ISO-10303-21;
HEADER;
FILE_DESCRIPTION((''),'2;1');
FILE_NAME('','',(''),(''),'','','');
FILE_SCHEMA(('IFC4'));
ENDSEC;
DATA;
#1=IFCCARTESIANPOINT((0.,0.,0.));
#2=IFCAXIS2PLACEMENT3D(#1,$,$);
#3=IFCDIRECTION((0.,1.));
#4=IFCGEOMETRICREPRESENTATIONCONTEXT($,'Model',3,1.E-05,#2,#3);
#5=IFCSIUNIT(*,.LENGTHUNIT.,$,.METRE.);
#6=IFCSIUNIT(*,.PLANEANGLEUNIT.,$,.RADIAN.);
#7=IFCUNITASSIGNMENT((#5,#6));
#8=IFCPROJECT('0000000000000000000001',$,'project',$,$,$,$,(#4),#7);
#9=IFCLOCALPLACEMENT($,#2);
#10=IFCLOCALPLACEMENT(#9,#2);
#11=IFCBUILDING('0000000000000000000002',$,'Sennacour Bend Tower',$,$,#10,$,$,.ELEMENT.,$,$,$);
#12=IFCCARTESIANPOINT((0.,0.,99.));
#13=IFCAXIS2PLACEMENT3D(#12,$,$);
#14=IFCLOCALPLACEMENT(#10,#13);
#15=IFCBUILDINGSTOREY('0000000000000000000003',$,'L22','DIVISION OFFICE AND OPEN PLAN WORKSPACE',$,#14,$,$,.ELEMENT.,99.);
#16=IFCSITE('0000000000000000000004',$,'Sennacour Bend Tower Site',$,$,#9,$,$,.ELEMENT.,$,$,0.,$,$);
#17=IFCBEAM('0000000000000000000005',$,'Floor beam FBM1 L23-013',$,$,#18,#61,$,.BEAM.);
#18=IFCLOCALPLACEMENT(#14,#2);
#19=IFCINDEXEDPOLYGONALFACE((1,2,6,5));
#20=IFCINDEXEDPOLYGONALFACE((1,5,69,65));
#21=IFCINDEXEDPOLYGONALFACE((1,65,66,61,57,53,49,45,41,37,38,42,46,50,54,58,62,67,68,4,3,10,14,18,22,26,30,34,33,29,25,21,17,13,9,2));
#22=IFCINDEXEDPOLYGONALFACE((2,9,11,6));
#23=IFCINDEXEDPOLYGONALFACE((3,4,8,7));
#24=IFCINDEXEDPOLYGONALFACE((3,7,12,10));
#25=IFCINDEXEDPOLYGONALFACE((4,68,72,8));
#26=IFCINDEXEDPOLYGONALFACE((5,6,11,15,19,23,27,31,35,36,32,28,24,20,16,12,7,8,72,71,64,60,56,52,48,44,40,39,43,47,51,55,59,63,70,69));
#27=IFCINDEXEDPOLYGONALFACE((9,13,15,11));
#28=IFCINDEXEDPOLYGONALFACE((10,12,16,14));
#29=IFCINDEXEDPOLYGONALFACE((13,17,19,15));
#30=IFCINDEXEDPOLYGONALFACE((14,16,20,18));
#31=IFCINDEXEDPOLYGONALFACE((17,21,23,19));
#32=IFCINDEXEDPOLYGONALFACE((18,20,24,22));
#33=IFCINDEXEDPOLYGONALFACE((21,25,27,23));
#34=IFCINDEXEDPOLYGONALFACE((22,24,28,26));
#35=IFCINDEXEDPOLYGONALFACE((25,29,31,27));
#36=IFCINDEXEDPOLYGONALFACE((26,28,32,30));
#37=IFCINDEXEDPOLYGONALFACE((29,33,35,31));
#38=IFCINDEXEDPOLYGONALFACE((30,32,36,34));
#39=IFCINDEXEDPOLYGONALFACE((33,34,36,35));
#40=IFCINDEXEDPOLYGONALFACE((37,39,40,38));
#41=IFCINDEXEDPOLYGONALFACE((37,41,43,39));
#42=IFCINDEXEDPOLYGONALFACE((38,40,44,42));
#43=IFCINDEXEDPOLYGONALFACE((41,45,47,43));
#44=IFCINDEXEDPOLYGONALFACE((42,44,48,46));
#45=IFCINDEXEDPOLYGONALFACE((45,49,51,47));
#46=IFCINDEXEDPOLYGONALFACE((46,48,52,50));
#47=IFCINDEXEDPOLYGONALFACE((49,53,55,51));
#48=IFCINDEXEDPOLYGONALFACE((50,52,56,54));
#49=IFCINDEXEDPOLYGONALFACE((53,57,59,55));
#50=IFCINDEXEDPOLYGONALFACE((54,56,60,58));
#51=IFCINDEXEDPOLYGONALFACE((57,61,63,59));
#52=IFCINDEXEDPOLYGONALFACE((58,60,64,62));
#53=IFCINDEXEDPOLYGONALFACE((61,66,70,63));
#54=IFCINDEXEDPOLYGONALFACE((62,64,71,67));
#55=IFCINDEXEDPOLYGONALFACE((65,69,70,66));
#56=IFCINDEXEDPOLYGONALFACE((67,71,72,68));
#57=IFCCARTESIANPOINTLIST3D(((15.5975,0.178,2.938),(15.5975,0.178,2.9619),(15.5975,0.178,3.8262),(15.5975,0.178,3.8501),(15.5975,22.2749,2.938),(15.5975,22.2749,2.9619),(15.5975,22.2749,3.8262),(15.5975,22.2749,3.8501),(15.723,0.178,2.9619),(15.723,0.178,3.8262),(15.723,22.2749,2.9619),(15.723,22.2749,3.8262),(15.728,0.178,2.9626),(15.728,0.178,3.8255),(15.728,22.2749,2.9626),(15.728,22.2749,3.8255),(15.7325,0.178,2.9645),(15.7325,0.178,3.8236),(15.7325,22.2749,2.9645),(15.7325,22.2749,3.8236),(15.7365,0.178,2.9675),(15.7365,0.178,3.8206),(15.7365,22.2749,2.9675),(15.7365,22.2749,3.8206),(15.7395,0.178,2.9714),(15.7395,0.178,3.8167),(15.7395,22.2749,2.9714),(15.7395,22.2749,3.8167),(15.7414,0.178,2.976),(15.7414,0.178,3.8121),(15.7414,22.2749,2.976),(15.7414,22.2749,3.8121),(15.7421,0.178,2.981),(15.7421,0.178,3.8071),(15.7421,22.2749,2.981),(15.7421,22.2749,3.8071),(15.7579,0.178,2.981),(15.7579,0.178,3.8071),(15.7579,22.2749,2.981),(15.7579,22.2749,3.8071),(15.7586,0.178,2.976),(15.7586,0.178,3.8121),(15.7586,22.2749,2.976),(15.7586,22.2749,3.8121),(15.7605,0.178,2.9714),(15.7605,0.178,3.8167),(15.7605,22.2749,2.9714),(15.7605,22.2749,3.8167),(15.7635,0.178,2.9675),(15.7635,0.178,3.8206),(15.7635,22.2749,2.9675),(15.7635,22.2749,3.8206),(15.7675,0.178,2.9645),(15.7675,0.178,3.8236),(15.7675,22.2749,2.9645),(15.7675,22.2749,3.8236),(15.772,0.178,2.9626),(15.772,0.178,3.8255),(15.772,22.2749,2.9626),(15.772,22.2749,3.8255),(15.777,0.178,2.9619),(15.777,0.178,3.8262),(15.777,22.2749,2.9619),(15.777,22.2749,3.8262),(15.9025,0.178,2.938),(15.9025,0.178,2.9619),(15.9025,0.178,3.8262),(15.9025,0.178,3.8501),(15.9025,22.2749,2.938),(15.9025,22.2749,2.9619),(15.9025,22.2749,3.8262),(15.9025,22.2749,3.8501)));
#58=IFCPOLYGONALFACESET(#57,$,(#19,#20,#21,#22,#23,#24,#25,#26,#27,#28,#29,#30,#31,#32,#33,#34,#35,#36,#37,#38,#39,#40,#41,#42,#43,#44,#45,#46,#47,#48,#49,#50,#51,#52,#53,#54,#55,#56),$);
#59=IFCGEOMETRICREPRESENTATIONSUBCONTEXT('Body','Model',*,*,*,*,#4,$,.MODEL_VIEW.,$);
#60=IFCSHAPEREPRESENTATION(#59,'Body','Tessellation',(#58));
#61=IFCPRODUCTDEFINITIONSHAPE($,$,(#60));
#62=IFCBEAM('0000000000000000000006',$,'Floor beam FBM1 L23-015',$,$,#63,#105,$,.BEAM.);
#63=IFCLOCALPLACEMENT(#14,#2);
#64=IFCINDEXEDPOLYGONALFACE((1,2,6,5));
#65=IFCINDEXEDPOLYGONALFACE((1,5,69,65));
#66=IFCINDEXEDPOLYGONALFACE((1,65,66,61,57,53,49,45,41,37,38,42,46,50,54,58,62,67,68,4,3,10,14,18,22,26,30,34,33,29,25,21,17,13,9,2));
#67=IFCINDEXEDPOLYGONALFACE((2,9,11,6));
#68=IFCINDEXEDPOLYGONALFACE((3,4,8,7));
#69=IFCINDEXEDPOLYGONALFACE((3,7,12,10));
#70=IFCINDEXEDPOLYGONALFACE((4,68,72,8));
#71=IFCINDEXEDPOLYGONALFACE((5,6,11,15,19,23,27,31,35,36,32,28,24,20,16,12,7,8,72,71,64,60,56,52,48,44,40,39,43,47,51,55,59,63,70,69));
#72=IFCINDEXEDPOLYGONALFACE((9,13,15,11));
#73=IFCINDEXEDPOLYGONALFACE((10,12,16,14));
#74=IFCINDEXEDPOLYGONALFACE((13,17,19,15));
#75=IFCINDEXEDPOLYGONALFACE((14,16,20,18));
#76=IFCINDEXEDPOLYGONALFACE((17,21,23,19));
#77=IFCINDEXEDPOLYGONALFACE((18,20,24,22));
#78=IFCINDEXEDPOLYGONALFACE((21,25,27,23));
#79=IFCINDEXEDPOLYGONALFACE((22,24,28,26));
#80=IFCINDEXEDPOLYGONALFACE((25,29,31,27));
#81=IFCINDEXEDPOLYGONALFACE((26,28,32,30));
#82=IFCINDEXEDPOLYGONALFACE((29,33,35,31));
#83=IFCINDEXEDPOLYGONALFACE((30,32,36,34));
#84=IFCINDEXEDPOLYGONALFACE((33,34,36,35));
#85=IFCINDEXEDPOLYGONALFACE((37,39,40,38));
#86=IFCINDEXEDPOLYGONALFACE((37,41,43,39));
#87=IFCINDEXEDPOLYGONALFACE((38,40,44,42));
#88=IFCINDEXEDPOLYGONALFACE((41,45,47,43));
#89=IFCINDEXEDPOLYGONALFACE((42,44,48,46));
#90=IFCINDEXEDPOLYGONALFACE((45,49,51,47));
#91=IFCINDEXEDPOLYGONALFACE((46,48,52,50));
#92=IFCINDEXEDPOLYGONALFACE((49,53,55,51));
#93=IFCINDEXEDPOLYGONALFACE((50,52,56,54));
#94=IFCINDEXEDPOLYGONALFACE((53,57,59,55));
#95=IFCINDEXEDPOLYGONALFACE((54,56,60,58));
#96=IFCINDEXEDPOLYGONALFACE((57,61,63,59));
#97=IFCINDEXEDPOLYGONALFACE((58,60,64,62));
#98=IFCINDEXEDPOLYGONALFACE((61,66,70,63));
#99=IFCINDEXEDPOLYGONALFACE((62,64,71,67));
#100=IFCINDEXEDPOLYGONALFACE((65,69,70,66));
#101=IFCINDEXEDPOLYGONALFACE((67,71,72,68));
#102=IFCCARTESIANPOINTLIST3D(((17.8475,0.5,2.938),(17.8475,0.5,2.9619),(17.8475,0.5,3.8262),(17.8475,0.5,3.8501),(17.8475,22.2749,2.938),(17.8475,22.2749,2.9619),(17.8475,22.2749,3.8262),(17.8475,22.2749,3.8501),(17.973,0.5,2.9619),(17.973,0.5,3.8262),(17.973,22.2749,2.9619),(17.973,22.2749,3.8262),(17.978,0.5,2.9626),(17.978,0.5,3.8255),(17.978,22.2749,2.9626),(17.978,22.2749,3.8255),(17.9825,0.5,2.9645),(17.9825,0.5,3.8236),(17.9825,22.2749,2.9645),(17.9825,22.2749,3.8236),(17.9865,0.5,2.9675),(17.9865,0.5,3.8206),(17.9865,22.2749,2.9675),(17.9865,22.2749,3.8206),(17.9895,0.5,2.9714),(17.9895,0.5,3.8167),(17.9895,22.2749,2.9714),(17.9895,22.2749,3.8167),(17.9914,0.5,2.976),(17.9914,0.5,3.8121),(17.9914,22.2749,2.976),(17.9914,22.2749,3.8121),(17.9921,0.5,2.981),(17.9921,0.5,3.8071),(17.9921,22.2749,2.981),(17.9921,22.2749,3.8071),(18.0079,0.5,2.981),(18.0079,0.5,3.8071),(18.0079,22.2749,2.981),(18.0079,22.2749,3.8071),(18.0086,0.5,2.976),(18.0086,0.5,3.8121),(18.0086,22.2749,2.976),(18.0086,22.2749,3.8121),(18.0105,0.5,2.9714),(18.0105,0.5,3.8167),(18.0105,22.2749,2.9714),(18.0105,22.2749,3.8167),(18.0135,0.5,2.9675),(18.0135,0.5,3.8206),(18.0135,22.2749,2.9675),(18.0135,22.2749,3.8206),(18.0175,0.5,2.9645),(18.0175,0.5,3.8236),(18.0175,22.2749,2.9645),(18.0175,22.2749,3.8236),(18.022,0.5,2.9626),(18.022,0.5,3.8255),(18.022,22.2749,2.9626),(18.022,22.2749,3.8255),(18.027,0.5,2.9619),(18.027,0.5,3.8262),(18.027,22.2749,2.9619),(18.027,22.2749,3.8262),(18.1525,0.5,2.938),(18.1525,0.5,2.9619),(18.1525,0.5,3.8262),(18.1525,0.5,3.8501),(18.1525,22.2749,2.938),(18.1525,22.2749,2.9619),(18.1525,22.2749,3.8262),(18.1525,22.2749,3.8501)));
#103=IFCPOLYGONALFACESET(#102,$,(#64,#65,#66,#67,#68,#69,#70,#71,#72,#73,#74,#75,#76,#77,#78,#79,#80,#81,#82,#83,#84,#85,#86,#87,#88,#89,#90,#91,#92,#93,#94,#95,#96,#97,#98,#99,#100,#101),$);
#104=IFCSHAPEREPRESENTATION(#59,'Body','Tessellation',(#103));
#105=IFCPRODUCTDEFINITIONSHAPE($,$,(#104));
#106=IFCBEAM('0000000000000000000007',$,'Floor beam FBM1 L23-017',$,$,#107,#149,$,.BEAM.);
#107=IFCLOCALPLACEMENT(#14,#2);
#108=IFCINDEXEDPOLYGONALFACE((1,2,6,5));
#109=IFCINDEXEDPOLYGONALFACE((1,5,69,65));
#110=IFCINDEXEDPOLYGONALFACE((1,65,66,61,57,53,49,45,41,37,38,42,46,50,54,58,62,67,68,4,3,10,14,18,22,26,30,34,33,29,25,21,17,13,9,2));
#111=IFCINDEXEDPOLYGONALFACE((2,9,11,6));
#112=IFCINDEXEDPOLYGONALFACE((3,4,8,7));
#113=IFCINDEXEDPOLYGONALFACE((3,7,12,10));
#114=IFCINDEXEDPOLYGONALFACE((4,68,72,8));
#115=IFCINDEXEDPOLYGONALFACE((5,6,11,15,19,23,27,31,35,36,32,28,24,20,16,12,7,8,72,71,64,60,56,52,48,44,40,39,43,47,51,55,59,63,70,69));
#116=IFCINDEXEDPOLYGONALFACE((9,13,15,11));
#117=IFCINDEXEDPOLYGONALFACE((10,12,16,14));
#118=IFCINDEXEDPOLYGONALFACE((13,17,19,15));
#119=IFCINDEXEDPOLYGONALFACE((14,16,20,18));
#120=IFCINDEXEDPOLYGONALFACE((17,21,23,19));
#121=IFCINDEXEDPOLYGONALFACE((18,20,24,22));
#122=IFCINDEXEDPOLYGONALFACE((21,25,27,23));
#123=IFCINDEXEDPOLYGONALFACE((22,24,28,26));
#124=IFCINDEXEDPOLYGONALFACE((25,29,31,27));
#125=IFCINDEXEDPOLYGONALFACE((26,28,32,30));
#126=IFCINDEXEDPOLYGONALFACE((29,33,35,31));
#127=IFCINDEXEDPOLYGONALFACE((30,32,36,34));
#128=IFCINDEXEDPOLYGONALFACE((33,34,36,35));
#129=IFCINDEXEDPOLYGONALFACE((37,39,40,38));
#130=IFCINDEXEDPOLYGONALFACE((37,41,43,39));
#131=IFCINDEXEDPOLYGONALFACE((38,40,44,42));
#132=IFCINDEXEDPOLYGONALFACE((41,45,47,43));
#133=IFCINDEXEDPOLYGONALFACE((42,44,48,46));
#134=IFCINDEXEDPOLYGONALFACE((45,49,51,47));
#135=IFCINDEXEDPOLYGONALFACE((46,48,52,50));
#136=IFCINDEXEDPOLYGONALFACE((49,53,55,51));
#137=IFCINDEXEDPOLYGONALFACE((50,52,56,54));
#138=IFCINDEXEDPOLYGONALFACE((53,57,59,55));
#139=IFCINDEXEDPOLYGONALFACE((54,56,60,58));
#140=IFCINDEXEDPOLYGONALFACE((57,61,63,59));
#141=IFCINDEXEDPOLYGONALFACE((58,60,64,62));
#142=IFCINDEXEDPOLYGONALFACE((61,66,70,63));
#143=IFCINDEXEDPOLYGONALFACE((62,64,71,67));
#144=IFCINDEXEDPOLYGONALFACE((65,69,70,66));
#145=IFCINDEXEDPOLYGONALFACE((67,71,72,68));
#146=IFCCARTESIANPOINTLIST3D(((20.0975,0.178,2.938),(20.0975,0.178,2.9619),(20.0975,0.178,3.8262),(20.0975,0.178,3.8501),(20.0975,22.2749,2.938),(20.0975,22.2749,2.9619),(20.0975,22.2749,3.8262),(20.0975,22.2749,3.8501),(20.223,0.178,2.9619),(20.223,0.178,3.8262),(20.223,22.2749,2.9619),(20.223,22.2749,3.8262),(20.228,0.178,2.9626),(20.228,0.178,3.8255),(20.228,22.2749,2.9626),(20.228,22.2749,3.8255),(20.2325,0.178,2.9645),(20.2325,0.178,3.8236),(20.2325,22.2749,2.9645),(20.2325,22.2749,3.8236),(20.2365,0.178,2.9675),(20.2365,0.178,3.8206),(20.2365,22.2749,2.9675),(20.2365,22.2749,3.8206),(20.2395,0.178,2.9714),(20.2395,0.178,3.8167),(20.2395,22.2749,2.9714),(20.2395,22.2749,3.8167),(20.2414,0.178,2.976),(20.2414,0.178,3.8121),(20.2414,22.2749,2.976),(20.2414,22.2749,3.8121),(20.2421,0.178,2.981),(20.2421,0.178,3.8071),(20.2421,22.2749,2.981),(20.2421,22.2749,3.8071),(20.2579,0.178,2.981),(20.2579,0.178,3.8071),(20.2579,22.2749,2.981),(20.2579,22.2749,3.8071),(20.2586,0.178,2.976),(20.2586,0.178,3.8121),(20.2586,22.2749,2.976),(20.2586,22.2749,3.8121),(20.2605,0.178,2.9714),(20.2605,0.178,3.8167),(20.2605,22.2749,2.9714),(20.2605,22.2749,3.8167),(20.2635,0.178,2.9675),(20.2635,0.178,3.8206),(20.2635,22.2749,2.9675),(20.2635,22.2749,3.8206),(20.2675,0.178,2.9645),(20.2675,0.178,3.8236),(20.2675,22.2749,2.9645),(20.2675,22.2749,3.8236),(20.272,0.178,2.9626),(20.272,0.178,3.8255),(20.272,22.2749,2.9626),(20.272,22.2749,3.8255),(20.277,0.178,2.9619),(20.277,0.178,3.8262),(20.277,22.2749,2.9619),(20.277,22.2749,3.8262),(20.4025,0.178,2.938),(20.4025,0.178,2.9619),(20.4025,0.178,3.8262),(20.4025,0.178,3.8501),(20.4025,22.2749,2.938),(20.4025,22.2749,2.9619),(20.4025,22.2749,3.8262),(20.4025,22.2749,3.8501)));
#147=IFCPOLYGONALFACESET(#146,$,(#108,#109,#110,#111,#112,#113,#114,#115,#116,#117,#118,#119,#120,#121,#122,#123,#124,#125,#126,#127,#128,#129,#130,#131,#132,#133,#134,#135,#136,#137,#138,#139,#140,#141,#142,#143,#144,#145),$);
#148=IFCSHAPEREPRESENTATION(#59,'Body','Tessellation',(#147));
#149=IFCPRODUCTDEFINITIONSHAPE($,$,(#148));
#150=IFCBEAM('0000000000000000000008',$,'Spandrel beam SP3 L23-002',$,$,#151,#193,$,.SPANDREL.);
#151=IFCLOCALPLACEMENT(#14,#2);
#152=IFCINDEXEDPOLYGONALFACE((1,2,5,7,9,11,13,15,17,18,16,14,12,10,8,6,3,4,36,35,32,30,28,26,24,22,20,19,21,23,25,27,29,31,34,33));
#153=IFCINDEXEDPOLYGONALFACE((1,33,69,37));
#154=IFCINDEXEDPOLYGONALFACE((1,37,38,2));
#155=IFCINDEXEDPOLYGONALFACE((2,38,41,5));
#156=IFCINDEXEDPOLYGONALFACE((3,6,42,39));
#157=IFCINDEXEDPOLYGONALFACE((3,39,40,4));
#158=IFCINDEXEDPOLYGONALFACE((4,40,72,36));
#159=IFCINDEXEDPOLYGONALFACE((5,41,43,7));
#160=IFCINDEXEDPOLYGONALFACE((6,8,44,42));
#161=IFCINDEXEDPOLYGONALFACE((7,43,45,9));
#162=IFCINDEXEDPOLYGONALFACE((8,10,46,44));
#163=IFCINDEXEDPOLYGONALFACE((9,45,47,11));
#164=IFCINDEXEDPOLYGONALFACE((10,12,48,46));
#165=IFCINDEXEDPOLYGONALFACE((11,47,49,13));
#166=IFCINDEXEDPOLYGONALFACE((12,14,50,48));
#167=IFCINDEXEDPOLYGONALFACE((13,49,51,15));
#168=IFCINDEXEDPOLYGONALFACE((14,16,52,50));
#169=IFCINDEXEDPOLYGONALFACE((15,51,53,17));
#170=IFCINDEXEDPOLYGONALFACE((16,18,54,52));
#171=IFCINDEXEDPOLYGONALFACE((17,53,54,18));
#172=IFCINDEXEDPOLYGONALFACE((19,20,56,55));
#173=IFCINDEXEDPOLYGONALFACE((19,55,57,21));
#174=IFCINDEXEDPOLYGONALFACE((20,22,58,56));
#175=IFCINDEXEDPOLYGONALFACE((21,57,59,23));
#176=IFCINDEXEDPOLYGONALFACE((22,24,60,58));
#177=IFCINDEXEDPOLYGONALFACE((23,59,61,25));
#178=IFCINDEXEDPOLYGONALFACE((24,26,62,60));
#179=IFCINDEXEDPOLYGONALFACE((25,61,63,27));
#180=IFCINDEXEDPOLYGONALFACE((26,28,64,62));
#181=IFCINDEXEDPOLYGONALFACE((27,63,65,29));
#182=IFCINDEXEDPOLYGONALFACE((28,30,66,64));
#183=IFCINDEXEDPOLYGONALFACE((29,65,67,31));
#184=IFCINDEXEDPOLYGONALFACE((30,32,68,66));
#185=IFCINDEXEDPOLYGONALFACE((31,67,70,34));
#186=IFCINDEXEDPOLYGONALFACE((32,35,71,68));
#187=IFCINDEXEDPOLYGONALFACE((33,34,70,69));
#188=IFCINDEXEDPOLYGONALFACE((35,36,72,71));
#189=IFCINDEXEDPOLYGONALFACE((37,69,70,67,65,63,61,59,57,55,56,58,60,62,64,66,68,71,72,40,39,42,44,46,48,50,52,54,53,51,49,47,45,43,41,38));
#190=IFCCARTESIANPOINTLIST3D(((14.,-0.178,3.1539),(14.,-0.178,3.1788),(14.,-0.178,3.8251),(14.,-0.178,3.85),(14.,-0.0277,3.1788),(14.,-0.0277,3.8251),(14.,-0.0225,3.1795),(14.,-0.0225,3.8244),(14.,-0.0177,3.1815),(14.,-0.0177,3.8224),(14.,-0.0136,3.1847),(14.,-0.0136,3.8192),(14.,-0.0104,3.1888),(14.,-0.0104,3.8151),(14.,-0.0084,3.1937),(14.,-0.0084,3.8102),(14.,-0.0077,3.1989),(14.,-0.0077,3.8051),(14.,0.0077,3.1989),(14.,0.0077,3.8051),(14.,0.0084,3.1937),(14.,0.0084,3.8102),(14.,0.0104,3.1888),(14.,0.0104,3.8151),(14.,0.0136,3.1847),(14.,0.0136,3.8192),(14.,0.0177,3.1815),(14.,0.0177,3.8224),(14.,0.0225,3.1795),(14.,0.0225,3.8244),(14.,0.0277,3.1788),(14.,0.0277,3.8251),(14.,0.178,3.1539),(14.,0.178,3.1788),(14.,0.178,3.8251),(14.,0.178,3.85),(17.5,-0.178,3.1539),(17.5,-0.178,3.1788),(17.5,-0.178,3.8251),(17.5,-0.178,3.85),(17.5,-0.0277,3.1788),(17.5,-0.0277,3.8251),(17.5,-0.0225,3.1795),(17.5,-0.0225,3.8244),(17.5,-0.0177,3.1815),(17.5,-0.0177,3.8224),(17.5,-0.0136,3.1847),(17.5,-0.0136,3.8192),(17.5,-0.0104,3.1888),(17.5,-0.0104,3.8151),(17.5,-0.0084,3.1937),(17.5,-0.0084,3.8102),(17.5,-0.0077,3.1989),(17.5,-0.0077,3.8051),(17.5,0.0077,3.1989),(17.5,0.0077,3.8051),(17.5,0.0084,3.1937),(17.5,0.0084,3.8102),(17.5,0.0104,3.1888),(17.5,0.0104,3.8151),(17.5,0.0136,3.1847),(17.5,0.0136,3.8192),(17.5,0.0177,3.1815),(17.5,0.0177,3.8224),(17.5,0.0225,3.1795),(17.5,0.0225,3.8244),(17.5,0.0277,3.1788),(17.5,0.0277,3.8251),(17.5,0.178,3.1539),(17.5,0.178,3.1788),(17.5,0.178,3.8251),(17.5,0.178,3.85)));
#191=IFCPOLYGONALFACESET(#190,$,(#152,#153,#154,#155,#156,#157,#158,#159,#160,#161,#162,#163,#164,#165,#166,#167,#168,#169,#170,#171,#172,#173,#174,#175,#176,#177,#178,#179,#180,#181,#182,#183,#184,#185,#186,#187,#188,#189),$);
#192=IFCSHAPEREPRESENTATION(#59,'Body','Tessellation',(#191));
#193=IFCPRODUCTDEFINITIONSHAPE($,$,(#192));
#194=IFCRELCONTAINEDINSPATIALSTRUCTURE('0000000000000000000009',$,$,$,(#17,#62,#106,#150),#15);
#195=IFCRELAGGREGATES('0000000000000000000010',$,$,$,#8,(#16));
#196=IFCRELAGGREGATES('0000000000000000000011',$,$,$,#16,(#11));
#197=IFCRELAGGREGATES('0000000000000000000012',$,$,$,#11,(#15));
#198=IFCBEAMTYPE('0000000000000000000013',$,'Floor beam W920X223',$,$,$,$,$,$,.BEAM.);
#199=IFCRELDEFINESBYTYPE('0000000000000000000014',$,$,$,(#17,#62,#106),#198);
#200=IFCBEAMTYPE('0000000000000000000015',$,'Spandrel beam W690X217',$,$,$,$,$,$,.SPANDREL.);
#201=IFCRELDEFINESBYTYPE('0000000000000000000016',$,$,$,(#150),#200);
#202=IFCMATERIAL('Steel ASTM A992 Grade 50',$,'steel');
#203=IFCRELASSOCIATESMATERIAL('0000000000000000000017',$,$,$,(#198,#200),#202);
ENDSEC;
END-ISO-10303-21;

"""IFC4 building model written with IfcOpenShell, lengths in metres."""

from ifc_helpers import new_model, si_unit, direction, frame, origin, origin_2d, place, context, subcontext, project, spatial, i_section, extrude, material, material_profile, profile_set, type_object, element, save


model = new_model("IFC4")

# Units and contexts
model_context = context("Model", 3, precision=1e-05, world=origin(), true_north=direction((0.0, 1.0)))
body_context = subcontext(model_context, "Body", "Model", "MODEL_VIEW")
ifc_project = project(units=[si_unit("LENGTHUNIT", "METRE"), si_unit("PLANEANGLEUNIT", "RADIAN")], contexts=[model_context])

# Site, building, storey
site_placement = place(None, origin())
site = spatial("IfcSite", under=ifc_project, at=site_placement, Name="Sennacour Bend Tower Site", CompositionType="ELEMENT", RefElevation=0.0)
building_placement = place(site_placement, origin())
building = spatial("IfcBuilding", under=site, at=building_placement, Name="Sennacour Bend Tower", CompositionType="ELEMENT")
storey_placement = place(building_placement, frame((0.0, 0.0, 99.0)))
storey = spatial("IfcBuildingStorey", under=building, at=storey_placement, Name="L22", Description="DIVISION OFFICE AND OPEN PLAN WORKSPACE", CompositionType="ELEMENT", Elevation=99.0)

# Beams
ifc_material_1 = material(Name="Steel ASTM A992 Grade 50", Category="steel")
ifc_material_profile_1 = material_profile(ifc_material_1, i_section(OverallWidth=0.3049, OverallDepth=0.9121, WebThickness=0.0159, FlangeThickness=0.0239, FilletRadius=0.019, at=origin_2d()), Name="Steel ASTM A992 Grade 50", Category="steel")
ifc_profile_set_1 = profile_set([ifc_material_profile_1], Name="Steel ASTM A992 Grade 50")
beam_type_1 = type_object("IfcBeamType", Name="Floor beam W920X223", PredefinedType="BEAM", material=ifc_profile_set_1)
beam_1_placement = place(storey_placement, frame((15.75, 0.178, 3.394), z_axis=(0.0, 1.0, 0.0), x_axis=(-1.0, 0.0, 0.0)))
element("IfcBeam", 1, at=beam_1_placement, inside=storey, type_object=beam_type_1, Name="Floor beam FBM1 L23-013", PredefinedType="BEAM", context=body_context, shape_type="SweptSolid", body=[
    extrude(i_section(OverallWidth=0.3049, OverallDepth=0.9121, WebThickness=0.0159, FlangeThickness=0.0239, FilletRadius=0.019, at=origin_2d()), origin(), (0.0, 0.0, 1.0), 22.0969),
])
beam_2_placement = place(storey_placement, frame((18.0, 0.5, 3.394), z_axis=(0.0, 1.0, 0.0), x_axis=(-1.0, 0.0, 0.0)))
element("IfcBeam", 2, at=beam_2_placement, inside=storey, type_object=beam_type_1, Name="Floor beam FBM1 L23-015", PredefinedType="BEAM", context=body_context, shape_type="SweptSolid", body=[
    extrude(i_section(OverallWidth=0.3049, OverallDepth=0.9121, WebThickness=0.0159, FlangeThickness=0.0239, FilletRadius=0.019, at=origin_2d()), origin(), (0.0, 0.0, 1.0), 21.7749),
])
beam_3_placement = place(storey_placement, frame((20.25, 0.178, 3.394), z_axis=(0.0, 1.0, 0.0), x_axis=(-1.0, 0.0, 0.0)))
element("IfcBeam", 3, at=beam_3_placement, inside=storey, type_object=beam_type_1, Name="Floor beam FBM1 L23-017", PredefinedType="BEAM", context=body_context, shape_type="SweptSolid", body=[
    extrude(i_section(OverallWidth=0.3049, OverallDepth=0.9121, WebThickness=0.0159, FlangeThickness=0.0239, FilletRadius=0.019, at=origin_2d()), origin(), (0.0, 0.0, 1.0), 22.0969),
])
ifc_material_profile_2 = material_profile(ifc_material_1, i_section(OverallWidth=0.356, OverallDepth=0.696, WebThickness=0.0154, FlangeThickness=0.0249, FilletRadius=0.02, at=origin_2d()), Name="Steel ASTM A992 Grade 50", Category="steel")
ifc_profile_set_2 = profile_set([ifc_material_profile_2], Name="Steel ASTM A992 Grade 50")
beam_type_2 = type_object("IfcBeamType", Name="Spandrel beam W690X217", PredefinedType="SPANDREL", material=ifc_profile_set_2)
for number, where, z_axis, x_axis, name in (
    (4, (17.5, 0.0, 3.502), (-1.0, 0.0, 0.0), (0.0, -1.0, 0.0), "Spandrel beam SP3 L23-002"),
):
    element("IfcBeam", number, at=place(storey_placement, frame(where, z_axis=z_axis, x_axis=x_axis)), inside=storey, type_object=beam_type_2, Name=name, PredefinedType="SPANDREL", context=body_context, shape_type="SweptSolid", body=[
        extrude(i_section(OverallWidth=0.356, OverallDepth=0.696, WebThickness=0.0154, FlangeThickness=0.0249, FilletRadius=0.02, at=origin_2d()), origin(), (0.0, 0.0, 1.0), 3.5),
    ])

save(model, "model.ifc")
